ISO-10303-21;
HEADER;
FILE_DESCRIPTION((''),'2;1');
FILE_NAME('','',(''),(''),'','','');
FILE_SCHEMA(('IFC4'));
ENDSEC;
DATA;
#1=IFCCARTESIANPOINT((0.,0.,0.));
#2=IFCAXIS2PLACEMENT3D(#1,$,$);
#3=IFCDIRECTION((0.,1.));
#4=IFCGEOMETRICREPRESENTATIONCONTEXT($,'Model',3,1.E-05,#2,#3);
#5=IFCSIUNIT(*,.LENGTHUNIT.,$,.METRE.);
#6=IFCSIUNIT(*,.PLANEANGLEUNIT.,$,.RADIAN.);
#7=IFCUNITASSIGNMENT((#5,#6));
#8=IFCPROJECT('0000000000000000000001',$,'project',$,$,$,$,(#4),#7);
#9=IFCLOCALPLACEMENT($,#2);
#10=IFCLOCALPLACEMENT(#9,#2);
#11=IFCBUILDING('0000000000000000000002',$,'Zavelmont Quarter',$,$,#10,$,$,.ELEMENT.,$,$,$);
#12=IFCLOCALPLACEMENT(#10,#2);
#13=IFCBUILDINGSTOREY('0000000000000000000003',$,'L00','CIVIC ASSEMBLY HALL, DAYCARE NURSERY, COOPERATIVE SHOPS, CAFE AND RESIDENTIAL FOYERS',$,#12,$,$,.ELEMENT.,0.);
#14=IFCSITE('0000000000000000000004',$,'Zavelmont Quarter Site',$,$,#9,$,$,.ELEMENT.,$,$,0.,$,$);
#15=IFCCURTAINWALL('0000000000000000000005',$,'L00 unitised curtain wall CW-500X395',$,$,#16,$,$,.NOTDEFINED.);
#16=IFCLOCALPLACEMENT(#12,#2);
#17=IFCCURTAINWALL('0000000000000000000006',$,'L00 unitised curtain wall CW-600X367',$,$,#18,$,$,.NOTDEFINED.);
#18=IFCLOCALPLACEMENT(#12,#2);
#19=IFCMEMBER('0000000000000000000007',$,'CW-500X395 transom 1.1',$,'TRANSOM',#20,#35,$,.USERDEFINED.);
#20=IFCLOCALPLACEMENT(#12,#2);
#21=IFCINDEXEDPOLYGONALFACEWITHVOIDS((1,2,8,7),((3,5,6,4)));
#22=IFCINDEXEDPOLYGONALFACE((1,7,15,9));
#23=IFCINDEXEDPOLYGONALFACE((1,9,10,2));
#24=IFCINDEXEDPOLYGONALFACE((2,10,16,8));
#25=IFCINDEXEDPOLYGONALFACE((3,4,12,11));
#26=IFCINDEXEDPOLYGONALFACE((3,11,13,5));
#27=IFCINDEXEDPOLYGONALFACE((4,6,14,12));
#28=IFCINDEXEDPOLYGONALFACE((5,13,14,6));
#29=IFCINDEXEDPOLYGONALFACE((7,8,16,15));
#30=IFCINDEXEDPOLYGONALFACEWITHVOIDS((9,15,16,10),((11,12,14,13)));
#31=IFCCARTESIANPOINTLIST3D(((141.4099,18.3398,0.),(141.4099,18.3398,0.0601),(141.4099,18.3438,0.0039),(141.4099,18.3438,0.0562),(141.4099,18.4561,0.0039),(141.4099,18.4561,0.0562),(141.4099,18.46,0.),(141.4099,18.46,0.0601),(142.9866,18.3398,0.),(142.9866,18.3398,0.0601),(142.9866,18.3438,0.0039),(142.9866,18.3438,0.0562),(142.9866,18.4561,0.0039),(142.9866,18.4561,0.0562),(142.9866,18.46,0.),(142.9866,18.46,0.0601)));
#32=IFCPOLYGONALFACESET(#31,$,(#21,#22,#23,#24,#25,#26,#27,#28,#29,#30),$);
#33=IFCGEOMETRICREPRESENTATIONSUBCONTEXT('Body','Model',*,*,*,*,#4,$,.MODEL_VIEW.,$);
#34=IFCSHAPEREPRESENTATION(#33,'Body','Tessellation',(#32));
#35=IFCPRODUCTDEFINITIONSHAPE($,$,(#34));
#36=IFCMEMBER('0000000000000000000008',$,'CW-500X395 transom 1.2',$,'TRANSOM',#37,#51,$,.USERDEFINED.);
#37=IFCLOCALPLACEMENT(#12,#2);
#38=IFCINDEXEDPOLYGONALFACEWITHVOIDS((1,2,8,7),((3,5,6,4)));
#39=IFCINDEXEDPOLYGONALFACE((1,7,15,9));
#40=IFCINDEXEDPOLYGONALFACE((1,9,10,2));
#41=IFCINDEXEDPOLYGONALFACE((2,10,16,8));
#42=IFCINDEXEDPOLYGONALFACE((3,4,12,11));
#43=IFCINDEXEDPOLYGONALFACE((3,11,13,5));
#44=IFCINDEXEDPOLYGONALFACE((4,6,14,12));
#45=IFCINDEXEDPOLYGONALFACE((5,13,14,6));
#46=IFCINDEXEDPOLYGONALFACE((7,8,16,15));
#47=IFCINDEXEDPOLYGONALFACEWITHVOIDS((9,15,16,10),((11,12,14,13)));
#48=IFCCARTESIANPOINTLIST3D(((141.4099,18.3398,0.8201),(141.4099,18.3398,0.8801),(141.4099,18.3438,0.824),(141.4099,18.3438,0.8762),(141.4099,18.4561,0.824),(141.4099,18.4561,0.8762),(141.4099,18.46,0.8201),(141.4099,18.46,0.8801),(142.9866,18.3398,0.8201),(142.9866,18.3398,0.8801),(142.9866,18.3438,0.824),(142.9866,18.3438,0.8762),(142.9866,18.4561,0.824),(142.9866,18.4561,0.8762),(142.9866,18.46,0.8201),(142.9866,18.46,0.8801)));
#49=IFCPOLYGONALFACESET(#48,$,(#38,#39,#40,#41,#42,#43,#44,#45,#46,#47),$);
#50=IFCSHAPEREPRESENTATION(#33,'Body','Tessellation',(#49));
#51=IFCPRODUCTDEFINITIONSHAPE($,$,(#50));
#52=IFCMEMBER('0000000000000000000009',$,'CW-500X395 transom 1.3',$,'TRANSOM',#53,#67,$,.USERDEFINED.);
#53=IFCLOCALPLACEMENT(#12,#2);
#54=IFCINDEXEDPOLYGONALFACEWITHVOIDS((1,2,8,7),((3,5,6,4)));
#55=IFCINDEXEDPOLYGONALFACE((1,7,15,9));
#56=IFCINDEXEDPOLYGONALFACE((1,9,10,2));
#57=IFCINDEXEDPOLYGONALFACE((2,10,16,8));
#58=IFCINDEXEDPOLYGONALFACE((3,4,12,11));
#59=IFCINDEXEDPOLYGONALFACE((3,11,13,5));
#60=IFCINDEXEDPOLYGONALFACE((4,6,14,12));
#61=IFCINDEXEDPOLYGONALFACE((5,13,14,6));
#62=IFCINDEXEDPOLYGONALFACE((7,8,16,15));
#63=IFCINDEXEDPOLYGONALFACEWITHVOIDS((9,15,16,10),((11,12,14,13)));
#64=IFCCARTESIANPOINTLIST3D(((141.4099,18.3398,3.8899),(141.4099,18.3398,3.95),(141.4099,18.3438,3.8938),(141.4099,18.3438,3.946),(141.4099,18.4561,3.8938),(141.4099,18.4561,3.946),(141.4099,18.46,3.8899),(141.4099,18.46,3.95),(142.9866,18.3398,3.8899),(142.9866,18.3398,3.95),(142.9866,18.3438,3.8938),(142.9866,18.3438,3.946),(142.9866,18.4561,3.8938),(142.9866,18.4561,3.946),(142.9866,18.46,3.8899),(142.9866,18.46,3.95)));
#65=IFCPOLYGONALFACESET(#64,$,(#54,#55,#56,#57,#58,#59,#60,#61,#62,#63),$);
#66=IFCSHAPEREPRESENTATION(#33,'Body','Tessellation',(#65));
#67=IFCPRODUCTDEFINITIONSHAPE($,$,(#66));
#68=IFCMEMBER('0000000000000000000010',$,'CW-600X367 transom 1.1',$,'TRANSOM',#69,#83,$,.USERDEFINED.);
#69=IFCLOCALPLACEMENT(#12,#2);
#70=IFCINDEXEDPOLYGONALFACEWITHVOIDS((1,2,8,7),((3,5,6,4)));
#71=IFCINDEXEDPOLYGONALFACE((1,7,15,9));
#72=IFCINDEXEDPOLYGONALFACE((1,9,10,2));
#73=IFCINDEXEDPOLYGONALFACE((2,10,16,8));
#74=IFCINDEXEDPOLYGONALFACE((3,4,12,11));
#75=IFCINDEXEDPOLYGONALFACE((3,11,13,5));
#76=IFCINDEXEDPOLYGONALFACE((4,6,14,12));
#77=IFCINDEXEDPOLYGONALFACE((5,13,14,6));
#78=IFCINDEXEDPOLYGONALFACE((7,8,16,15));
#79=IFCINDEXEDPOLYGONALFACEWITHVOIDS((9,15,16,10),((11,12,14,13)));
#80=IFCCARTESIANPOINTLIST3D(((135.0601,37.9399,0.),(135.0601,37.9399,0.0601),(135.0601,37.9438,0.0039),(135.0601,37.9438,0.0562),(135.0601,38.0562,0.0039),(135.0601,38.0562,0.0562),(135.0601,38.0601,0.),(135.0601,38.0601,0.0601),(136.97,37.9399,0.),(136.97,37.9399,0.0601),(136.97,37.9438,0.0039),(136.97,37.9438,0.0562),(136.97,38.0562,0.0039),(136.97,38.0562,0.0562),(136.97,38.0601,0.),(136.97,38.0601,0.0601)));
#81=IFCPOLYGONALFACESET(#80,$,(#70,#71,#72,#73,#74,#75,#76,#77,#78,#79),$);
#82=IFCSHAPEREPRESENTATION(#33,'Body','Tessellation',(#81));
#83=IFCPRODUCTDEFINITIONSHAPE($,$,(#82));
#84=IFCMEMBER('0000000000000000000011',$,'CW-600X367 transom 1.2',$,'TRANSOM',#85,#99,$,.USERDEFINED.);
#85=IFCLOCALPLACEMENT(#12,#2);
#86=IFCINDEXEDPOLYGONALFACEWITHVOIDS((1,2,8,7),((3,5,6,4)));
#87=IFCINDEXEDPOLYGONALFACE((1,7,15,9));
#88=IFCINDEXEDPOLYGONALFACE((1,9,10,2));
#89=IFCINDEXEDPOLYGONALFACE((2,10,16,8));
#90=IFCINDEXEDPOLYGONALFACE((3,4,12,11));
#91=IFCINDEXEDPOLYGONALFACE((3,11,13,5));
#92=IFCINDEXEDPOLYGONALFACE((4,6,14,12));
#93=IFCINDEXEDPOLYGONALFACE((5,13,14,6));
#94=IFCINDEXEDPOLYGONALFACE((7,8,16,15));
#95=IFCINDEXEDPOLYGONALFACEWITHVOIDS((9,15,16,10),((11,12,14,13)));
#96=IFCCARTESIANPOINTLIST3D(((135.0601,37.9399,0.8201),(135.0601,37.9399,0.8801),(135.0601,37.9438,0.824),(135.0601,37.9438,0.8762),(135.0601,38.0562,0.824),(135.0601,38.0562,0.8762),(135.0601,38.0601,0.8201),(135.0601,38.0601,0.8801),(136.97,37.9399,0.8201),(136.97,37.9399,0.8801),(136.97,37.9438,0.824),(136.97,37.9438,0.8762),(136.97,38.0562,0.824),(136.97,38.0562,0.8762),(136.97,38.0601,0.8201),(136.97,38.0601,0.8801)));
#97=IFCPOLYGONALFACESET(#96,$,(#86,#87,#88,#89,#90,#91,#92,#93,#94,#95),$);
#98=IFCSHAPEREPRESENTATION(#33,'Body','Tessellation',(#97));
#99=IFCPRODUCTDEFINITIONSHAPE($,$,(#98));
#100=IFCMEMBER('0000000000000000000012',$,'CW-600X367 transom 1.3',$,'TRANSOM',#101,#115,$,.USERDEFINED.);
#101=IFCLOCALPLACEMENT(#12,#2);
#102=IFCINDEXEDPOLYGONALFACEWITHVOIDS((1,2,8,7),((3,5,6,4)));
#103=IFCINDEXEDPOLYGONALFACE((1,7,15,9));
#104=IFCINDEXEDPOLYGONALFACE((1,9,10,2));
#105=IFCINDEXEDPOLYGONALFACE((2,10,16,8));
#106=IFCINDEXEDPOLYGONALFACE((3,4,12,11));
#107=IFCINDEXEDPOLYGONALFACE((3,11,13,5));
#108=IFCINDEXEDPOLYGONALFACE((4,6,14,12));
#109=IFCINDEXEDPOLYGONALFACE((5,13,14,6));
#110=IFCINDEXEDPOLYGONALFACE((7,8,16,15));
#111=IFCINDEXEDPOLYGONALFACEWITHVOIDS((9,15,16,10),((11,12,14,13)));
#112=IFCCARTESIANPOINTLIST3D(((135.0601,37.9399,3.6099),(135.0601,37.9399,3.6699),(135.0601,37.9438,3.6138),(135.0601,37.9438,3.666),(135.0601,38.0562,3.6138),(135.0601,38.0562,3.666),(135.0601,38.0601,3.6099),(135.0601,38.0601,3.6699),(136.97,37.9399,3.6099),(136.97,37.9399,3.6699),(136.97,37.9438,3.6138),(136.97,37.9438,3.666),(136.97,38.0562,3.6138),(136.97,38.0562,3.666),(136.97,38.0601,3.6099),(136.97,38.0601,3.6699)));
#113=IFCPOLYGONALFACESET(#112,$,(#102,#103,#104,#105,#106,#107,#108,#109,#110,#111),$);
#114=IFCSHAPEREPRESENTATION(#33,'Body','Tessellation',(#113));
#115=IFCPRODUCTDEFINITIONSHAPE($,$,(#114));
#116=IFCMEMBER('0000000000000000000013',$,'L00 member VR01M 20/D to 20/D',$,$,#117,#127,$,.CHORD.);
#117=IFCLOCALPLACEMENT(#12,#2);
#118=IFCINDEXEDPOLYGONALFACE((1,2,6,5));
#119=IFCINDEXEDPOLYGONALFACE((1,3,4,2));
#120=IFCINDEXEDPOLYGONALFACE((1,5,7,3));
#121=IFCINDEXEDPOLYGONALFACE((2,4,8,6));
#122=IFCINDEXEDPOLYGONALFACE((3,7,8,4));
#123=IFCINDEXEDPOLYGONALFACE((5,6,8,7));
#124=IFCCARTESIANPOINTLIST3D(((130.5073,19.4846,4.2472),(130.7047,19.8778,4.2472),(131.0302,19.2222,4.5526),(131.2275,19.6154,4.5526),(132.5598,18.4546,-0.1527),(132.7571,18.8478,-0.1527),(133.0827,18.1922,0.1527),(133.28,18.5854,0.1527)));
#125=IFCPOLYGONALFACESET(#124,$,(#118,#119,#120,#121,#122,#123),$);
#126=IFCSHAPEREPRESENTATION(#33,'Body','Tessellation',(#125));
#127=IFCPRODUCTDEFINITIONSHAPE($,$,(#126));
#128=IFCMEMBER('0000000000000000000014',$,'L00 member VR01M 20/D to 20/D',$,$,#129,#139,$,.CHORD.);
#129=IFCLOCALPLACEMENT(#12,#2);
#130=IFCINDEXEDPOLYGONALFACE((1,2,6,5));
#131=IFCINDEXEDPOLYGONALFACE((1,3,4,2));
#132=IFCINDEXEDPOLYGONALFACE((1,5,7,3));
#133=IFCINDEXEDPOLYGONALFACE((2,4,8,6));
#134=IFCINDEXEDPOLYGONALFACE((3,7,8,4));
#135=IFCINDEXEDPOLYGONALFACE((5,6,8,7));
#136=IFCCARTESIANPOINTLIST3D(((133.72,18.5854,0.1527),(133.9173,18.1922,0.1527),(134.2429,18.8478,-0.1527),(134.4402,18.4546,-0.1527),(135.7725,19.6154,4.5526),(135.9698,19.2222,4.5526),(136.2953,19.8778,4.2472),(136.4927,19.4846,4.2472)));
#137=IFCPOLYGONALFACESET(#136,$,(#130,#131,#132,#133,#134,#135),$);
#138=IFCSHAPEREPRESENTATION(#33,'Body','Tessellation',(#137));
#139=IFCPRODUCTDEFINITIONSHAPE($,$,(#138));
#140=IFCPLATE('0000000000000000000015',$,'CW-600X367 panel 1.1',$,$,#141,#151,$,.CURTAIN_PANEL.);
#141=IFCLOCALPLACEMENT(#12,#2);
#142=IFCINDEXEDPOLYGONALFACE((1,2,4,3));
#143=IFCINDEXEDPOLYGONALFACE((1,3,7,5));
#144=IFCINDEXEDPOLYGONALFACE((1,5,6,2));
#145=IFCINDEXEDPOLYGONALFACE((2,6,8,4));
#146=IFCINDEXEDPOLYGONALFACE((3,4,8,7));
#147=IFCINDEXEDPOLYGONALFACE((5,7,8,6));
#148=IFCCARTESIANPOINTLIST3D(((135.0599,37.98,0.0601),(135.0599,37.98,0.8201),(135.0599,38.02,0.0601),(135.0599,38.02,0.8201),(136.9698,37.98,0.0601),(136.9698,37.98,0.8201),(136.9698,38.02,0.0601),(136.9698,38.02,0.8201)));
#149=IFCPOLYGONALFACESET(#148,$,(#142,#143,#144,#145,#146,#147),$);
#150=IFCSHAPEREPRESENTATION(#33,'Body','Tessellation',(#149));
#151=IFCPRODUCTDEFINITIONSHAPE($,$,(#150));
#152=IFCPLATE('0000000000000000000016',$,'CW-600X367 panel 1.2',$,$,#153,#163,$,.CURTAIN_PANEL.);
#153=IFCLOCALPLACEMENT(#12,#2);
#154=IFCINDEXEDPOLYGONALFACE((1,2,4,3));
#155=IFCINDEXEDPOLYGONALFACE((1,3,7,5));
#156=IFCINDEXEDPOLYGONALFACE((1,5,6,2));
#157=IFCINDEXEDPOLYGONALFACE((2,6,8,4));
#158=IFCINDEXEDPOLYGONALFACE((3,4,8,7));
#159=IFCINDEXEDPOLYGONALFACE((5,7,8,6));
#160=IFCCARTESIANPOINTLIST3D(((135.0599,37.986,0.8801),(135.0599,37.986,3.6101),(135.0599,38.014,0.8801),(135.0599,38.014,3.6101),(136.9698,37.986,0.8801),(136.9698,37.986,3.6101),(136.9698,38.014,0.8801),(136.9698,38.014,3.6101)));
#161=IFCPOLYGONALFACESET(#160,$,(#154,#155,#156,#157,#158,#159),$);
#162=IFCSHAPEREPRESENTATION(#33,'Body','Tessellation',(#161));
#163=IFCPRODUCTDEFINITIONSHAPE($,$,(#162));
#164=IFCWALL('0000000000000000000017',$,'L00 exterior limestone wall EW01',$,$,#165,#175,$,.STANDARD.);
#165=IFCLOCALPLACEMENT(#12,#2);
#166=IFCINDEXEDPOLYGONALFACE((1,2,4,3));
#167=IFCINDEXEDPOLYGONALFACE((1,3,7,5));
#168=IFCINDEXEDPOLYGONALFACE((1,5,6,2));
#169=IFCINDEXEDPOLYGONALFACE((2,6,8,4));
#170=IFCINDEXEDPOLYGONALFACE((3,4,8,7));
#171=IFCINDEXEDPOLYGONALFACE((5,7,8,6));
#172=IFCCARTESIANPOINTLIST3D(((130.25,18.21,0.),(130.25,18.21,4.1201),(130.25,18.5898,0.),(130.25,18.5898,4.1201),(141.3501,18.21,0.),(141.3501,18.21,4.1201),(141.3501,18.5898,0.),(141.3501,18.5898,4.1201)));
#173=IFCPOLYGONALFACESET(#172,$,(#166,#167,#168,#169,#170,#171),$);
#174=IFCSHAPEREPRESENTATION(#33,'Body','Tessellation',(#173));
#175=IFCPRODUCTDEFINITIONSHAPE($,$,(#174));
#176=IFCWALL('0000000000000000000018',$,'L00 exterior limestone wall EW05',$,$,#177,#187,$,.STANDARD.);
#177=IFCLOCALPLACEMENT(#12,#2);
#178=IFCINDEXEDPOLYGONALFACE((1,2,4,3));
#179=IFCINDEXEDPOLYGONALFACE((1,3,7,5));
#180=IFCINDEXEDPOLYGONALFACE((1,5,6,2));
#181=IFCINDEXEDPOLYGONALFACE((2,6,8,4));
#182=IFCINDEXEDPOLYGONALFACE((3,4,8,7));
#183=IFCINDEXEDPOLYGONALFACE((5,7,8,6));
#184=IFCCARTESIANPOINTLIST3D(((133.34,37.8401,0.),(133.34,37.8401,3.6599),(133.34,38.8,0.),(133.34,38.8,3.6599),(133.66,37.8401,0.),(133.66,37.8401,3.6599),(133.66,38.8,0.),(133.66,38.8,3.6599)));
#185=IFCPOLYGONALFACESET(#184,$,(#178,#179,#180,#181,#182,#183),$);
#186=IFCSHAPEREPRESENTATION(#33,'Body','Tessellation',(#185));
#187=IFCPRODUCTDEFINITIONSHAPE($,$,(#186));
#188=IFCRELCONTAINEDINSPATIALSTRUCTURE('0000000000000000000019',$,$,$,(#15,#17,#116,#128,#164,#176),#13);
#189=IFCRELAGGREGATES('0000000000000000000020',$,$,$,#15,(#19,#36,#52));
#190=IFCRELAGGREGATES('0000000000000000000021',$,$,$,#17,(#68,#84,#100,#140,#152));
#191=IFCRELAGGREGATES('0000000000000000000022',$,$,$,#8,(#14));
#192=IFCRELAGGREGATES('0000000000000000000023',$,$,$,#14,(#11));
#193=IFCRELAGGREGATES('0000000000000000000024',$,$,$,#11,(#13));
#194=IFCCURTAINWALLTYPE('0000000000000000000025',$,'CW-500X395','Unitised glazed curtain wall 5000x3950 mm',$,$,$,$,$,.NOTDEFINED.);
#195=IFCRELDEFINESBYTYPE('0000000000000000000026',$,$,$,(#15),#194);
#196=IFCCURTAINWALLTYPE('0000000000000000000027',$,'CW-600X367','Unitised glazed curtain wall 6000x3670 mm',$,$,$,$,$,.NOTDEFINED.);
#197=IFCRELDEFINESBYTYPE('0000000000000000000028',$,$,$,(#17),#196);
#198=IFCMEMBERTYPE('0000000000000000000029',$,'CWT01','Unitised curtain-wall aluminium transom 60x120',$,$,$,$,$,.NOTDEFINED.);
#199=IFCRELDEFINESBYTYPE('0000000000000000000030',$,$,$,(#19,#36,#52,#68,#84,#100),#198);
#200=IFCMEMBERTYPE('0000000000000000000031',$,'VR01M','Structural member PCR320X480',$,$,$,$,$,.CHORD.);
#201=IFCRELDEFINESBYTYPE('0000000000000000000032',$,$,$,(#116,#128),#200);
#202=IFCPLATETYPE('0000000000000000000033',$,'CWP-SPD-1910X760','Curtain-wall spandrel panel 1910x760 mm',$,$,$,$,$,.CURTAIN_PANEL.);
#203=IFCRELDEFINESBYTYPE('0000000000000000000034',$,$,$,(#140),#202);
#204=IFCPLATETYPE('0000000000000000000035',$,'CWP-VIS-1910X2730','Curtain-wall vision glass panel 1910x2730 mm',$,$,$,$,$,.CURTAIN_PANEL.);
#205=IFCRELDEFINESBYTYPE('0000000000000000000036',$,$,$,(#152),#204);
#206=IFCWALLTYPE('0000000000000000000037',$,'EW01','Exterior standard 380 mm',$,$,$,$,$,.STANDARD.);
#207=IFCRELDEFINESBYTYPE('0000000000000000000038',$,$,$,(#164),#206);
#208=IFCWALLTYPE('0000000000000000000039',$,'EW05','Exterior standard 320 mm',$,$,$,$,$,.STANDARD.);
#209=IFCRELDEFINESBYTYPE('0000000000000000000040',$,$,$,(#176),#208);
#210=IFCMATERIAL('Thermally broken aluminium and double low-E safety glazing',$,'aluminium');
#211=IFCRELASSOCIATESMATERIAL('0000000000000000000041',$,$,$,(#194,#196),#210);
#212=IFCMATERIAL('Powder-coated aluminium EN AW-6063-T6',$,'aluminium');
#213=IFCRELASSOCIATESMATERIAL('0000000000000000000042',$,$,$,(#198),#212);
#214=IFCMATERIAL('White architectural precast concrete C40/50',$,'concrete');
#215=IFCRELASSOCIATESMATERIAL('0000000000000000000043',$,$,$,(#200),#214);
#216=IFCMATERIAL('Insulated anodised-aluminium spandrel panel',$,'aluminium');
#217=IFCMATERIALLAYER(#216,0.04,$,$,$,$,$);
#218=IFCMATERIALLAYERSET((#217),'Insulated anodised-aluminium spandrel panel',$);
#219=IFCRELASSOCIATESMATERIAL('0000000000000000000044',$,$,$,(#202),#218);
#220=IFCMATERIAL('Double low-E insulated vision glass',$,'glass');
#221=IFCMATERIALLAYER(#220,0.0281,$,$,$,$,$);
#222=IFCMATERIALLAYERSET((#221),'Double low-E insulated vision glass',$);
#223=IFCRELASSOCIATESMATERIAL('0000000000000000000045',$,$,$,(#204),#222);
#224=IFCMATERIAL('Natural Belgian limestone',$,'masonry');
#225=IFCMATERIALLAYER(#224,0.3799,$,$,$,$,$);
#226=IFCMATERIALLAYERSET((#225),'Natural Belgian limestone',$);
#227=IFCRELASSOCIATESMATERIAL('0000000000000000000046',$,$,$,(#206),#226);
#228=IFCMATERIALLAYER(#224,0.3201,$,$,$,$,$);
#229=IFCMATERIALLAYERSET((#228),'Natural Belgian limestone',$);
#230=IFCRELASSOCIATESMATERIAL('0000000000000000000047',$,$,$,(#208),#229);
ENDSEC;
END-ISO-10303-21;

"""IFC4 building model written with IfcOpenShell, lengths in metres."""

from ifc_helpers import new_model, si_unit, direction, frame, frame_2d, origin, origin_2d, place, context, subcontext, project, spatial, rectangle, hollow_rectangle, extrude, material, layer, layer_set, material_profile, profile_set, type_object, element, aggregate, save


model = new_model("IFC4")

# Units and contexts
model_context = context("Model", 3, precision=1e-05, world=origin(), true_north=direction((0.0, 1.0)))
body_context = subcontext(model_context, "Body", "Model", "MODEL_VIEW")
ifc_project = project(units=[si_unit("LENGTHUNIT", "METRE"), si_unit("PLANEANGLEUNIT", "RADIAN")], contexts=[model_context])

# Site, building, storey
site_placement = place(None, origin())
site = spatial("IfcSite", under=ifc_project, at=site_placement, Name="Zavelmont Quarter Site", CompositionType="ELEMENT", RefElevation=0.0)
building_placement = place(site_placement, origin())
building = spatial("IfcBuilding", under=site, at=building_placement, Name="Zavelmont Quarter", CompositionType="ELEMENT")
storey_placement = place(building_placement, origin())
storey = spatial("IfcBuildingStorey", under=building, at=storey_placement, Name="L00", Description="CIVIC ASSEMBLY HALL, DAYCARE NURSERY, COOPERATIVE SHOPS, CAFE AND RESIDENTIAL FOYERS", CompositionType="ELEMENT", Elevation=0.0)

# Curtain wall
ifc_material_1 = material(Name="Thermally broken aluminium and double low-E safety glazing", Category="aluminium")
curtain_wall_type_1 = type_object("IfcCurtainWallType", Name="CW-500X395", Description="Unitised glazed curtain wall 5000x3950 mm", PredefinedType="NOTDEFINED", material=ifc_material_1)
curtain_wall_1_placement = place(storey_placement, origin())
curtain_wall_1 = element("IfcCurtainWall", 1, at=curtain_wall_1_placement, inside=storey, type_object=curtain_wall_type_1, Name="L00 unitised curtain wall CW-500X395", PredefinedType="NOTDEFINED")
ifc_material_2 = material(Name="Powder-coated aluminium EN AW-6063-T6", Category="aluminium")

# Curtain wall
curtain_wall_type_2 = type_object("IfcCurtainWallType", Name="CW-600X367", Description="Unitised glazed curtain wall 6000x3670 mm", PredefinedType="NOTDEFINED", material=ifc_material_1)
curtain_wall_2_placement = place(storey_placement, origin())
curtain_wall_2 = element("IfcCurtainWall", 2, at=curtain_wall_2_placement, inside=storey, type_object=curtain_wall_type_2, Name="L00 unitised curtain wall CW-600X367", PredefinedType="NOTDEFINED")

# Members
ifc_material_profile_1 = material_profile(ifc_material_2, hollow_rectangle(XDim=0.1201, YDim=0.0601, WallThickness=0.0039, at=origin_2d()), Name="CWT60X120")
ifc_profile_set_1 = profile_set([ifc_material_profile_1], Name="Powder-coated aluminium EN AW-6063-T6")
member_type_1 = type_object("IfcMemberType", Name="CWT01", Description="Unitised curtain-wall aluminium transom 60x120", PredefinedType="NOTDEFINED", material=ifc_profile_set_1)
member_1_placement = place(storey_placement, frame((141.4099, 18.3999, 0.03), z_axis=(1.0, 0.0, 0.0), x_axis=(0.0, 1.0, 0.0)))
member_1 = element("IfcMember", 3, at=member_1_placement, type_object=member_type_1, Name="CW-500X395 transom 1.1", ObjectType="TRANSOM", PredefinedType="USERDEFINED", context=body_context, shape_type="SweptSolid", body=[
    extrude(hollow_rectangle(XDim=0.1201, YDim=0.0601, WallThickness=0.0039, at=origin_2d()), origin(), (0.0, 0.0, 1.0), 1.5767),
])
member_2_placement = place(storey_placement, frame((141.4099, 18.3999, 0.8501), z_axis=(1.0, 0.0, 0.0), x_axis=(0.0, 1.0, 0.0)))
member_2 = element("IfcMember", 4, at=member_2_placement, type_object=member_type_1, Name="CW-500X395 transom 1.2", ObjectType="TRANSOM", PredefinedType="USERDEFINED", context=body_context, shape_type="SweptSolid", body=[
    extrude(hollow_rectangle(XDim=0.1201, YDim=0.0601, WallThickness=0.0039, at=origin_2d()), origin(), (0.0, 0.0, 1.0), 1.5767),
])
member_3_placement = place(storey_placement, frame((141.4099, 18.3999, 3.9199), z_axis=(1.0, 0.0, 0.0), x_axis=(0.0, 1.0, 0.0)))
member_3 = element("IfcMember", 5, at=member_3_placement, type_object=member_type_1, Name="CW-500X395 transom 1.3", ObjectType="TRANSOM", PredefinedType="USERDEFINED", context=body_context, shape_type="SweptSolid", body=[
    extrude(hollow_rectangle(XDim=0.1201, YDim=0.0601, WallThickness=0.0039, at=origin_2d()), origin(), (0.0, 0.0, 1.0), 1.5767),
])
aggregate(curtain_wall_1, [member_1, member_2, member_3])
member_4_placement = place(storey_placement, frame((135.0601, 38.0, 0.03), z_axis=(1.0, 0.0, 0.0), x_axis=(0.0, 1.0, 0.0)))
member_4 = element("IfcMember", 6, at=member_4_placement, type_object=member_type_1, Name="CW-600X367 transom 1.1", ObjectType="TRANSOM", PredefinedType="USERDEFINED", context=body_context, shape_type="SweptSolid", body=[
    extrude(hollow_rectangle(XDim=0.1201, YDim=0.0601, WallThickness=0.0039, at=origin_2d()), origin(), (0.0, 0.0, 1.0), 1.9099),
])
member_5_placement = place(storey_placement, frame((135.0601, 38.0, 0.8501), z_axis=(1.0, 0.0, 0.0), x_axis=(0.0, 1.0, 0.0)))
member_5 = element("IfcMember", 7, at=member_5_placement, type_object=member_type_1, Name="CW-600X367 transom 1.2", ObjectType="TRANSOM", PredefinedType="USERDEFINED", context=body_context, shape_type="SweptSolid", body=[
    extrude(hollow_rectangle(XDim=0.1201, YDim=0.0601, WallThickness=0.0039, at=origin_2d()), origin(), (0.0, 0.0, 1.0), 1.9099),
])
member_6_placement = place(storey_placement, frame((135.0601, 38.0, 3.6399), z_axis=(1.0, 0.0, 0.0), x_axis=(0.0, 1.0, 0.0)))
member_6 = element("IfcMember", 8, at=member_6_placement, type_object=member_type_1, Name="CW-600X367 transom 1.3", ObjectType="TRANSOM", PredefinedType="USERDEFINED", context=body_context, shape_type="SweptSolid", body=[
    extrude(hollow_rectangle(XDim=0.1201, YDim=0.0601, WallThickness=0.0039, at=origin_2d()), origin(), (0.0, 0.0, 1.0), 1.9099),
])

# Members
ifc_material_3 = material(Name="White architectural precast concrete C40/50", Category="concrete")
ifc_material_profile_2 = material_profile(ifc_material_3, rectangle(XDim=0.4399, YDim=0.6599, at=origin_2d()), Name="PCR320X480")
ifc_profile_set_2 = profile_set([ifc_material_profile_2], Name="White architectural precast concrete C40/50")
member_type_2 = type_object("IfcMemberType", Name="VR01M", Description="Structural member PCR320X480", PredefinedType="CHORD", material=ifc_profile_set_2)
for number, where, z_axis, x_axis, name in (
    (9, (132.9199, 18.52, 0.0), (-0.413546, 0.207536, 0.886515), (-0.448531, -0.893767, 0.0), "L00 member VR01M 20/D to 20/D"),
    (10, (134.0801, 18.52, 0.0), (0.413546, 0.207536, 0.886515), (-0.448531, 0.893767, 0.0), "L00 member VR01M 20/D to 20/D"),
):
    element("IfcMember", number, at=place(storey_placement, frame(where, z_axis=z_axis, x_axis=x_axis)), inside=storey, type_object=member_type_2, Name=name, PredefinedType="CHORD", context=body_context, shape_type="SweptSolid", body=[
        extrude(rectangle(XDim=0.4399, YDim=0.6599, at=origin_2d()), origin(), (0.0, 0.0, 1.0), 4.9631),
    ])

# Plates
ifc_material_4 = material(Name="Insulated anodised-aluminium spandrel panel", Category="aluminium")
ifc_layer_1 = layer(ifc_material_4, 0.04)
ifc_layer_set_1 = layer_set([ifc_layer_1], Name="Insulated anodised-aluminium spandrel panel")
plate_type_1 = type_object("IfcPlateType", Name="CWP-SPD-1910X760", Description="Curtain-wall spandrel panel 1910x760 mm", PredefinedType="CURTAIN_PANEL", material=ifc_layer_set_1)
plate_1_placement = place(storey_placement, frame((136.0149, 38.0, 0.0601), z_axis=(0.0, 0.0, 1.0), x_axis=(1.0, 0.0, 0.0)))
plate_1 = element("IfcPlate", 11, at=plate_1_placement, type_object=plate_type_1, Name="CW-600X367 panel 1.1", PredefinedType="CURTAIN_PANEL", context=body_context, shape_type="SweptSolid", body=[
    extrude(rectangle(XDim=1.9099, YDim=0.04, at=origin_2d()), origin(), (0.0, 0.0, 1.0), 0.76),
])
ifc_material_5 = material(Name="Double low-E insulated vision glass", Category="glass")
ifc_layer_2 = layer(ifc_material_5, 0.0281)
ifc_layer_set_2 = layer_set([ifc_layer_2], Name="Double low-E insulated vision glass")
plate_type_2 = type_object("IfcPlateType", Name="CWP-VIS-1910X2730", Description="Curtain-wall vision glass panel 1910x2730 mm", PredefinedType="CURTAIN_PANEL", material=ifc_layer_set_2)
plate_2_placement = place(storey_placement, frame((136.0149, 38.0, 0.8801), z_axis=(0.0, 0.0, 1.0), x_axis=(1.0, 0.0, 0.0)))
plate_2 = element("IfcPlate", 12, at=plate_2_placement, type_object=plate_type_2, Name="CW-600X367 panel 1.2", PredefinedType="CURTAIN_PANEL", context=body_context, shape_type="SweptSolid", body=[
    extrude(rectangle(XDim=1.9099, YDim=0.0281, at=origin_2d()), origin(), (0.0, 0.0, 1.0), 2.73),
])
aggregate(curtain_wall_2, [member_4, member_5, member_6, plate_1, plate_2])

# Walls
ifc_material_6 = material(Name="Natural Belgian limestone", Category="masonry")
ifc_layer_3 = layer(ifc_material_6, 0.3799)
ifc_layer_set_3 = layer_set([ifc_layer_3], Name="Natural Belgian limestone")
wall_type_1 = type_object("IfcWallType", Name="EW01", Description="Exterior standard 380 mm", PredefinedType="STANDARD", material=ifc_layer_set_3)
wall_1_placement = place(storey_placement, frame((130.25, 18.3999, 0.0), z_axis=(0.0, 0.0, 1.0), x_axis=(1.0, 0.0, 0.0)))
element("IfcWall", 13, at=wall_1_placement, inside=storey, type_object=wall_type_1, Name="L00 exterior limestone wall EW01", PredefinedType="STANDARD", context=body_context, shape_type="SweptSolid", body=[
    extrude(rectangle(XDim=11.1001, YDim=0.3799, at=frame_2d((5.55, 0.0))), origin(), (0.0, 0.0, 1.0), 4.1201),
])
ifc_layer_4 = layer(ifc_material_6, 0.3201)
ifc_layer_set_4 = layer_set([ifc_layer_4], Name="Natural Belgian limestone")
wall_type_2 = type_object("IfcWallType", Name="EW05", Description="Exterior standard 320 mm", PredefinedType="STANDARD", material=ifc_layer_set_4)
wall_2_placement = place(storey_placement, frame((133.5, 37.8401, 0.0), z_axis=(0.0, 0.0, 1.0), x_axis=(0.0, 1.0, 0.0)))
element("IfcWall", 14, at=wall_2_placement, inside=storey, type_object=wall_type_2, Name="L00 exterior limestone wall EW05", PredefinedType="STANDARD", context=body_context, shape_type="SweptSolid", body=[
    extrude(rectangle(XDim=0.96, YDim=0.3201, at=frame_2d((0.48, 0.0))), origin(), (0.0, 0.0, 1.0), 3.6599),
])

save(model, "model.ifc")
